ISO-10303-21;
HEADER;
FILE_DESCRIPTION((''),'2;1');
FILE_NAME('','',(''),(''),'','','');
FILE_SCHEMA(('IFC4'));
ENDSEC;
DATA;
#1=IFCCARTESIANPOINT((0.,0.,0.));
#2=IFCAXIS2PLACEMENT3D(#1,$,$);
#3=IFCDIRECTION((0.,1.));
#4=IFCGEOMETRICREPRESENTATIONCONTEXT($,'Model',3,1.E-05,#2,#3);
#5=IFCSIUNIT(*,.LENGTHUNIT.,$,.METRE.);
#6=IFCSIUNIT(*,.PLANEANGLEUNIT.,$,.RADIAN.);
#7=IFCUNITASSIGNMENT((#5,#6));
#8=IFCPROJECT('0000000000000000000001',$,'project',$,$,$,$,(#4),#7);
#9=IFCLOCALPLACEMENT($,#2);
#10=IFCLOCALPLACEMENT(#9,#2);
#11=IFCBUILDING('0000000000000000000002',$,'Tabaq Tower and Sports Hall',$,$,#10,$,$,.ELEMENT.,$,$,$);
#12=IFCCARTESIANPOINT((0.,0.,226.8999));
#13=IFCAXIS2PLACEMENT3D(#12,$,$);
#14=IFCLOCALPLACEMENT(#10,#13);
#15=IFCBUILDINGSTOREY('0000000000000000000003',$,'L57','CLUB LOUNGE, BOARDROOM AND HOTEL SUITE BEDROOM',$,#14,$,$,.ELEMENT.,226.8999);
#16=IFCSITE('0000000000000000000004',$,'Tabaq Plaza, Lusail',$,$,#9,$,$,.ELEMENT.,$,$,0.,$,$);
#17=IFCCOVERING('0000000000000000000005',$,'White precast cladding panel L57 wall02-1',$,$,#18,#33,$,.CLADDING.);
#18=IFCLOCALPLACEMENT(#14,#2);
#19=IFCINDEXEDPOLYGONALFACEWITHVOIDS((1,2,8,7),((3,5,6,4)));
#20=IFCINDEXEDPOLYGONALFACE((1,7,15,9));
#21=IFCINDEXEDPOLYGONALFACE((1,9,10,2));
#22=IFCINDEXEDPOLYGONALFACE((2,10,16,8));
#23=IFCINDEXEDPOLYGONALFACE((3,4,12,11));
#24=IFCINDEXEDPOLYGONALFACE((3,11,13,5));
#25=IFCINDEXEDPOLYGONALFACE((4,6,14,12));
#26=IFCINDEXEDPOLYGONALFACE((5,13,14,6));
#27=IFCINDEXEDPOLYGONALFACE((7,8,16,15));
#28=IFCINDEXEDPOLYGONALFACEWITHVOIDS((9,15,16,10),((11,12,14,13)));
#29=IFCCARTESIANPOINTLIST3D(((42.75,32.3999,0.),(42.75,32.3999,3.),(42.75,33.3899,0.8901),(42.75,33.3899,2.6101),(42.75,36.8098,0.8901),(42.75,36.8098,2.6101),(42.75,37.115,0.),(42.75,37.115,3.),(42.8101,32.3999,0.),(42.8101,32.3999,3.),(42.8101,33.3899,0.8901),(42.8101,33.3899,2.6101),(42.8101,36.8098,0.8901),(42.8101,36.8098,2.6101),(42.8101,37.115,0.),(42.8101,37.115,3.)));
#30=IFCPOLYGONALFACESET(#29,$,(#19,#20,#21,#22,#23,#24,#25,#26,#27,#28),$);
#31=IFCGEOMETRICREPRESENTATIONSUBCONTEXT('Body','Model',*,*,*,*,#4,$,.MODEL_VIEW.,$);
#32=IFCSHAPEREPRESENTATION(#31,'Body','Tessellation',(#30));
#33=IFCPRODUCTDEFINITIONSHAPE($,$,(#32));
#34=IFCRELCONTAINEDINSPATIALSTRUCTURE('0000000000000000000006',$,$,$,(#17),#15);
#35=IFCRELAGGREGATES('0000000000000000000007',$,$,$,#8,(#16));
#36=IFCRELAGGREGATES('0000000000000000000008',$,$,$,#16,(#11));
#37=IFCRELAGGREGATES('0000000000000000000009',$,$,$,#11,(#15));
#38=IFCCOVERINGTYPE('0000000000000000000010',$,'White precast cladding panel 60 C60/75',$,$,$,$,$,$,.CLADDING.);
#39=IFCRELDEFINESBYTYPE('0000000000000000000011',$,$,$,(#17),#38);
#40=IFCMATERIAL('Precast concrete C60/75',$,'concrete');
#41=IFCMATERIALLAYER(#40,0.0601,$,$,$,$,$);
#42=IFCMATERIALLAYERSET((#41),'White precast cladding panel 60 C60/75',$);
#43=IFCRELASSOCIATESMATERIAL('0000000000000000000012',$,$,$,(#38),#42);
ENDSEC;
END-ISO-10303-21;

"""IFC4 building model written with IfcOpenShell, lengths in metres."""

from ifc_helpers import new_model, si_unit, direction, frame, origin, place, context, subcontext, project, spatial, polyline, outline, extrude, material, layer, layer_set, type_object, element, save


model = new_model("IFC4")

# Units and contexts
model_context = context("Model", 3, precision=1e-05, world=origin(), true_north=direction((0.0, 1.0)))
body_context = subcontext(model_context, "Body", "Model", "MODEL_VIEW")
ifc_project = project(units=[si_unit("LENGTHUNIT", "METRE"), si_unit("PLANEANGLEUNIT", "RADIAN")], contexts=[model_context])

# Site, building, storey
site_placement = place(None, origin())
site = spatial("IfcSite", under=ifc_project, at=site_placement, Name="Tabaq Plaza, Lusail", CompositionType="ELEMENT", RefElevation=0.0)
building_placement = place(site_placement, origin())
building = spatial("IfcBuilding", under=site, at=building_placement, Name="Tabaq Tower and Sports Hall", CompositionType="ELEMENT")
storey_placement = place(building_placement, frame((0.0, 0.0, 226.8999)))
storey = spatial("IfcBuildingStorey", under=building, at=storey_placement, Name="L57", Description="CLUB LOUNGE, BOARDROOM AND HOTEL SUITE BEDROOM", CompositionType="ELEMENT", Elevation=226.8999)

# Covering
ifc_material_1 = material(Name="Precast concrete C60/75", Category="concrete")
ifc_layer_1 = layer(ifc_material_1, 0.0601)
ifc_layer_set_1 = layer_set([ifc_layer_1], Name="White precast cladding panel 60 C60/75")
covering_type = type_object("IfcCoveringType", Name="White precast cladding panel 60 C60/75", PredefinedType="CLADDING", material=ifc_layer_set_1)
covering_placement = place(storey_placement, frame((42.78, 32.3999, 0.0), z_axis=(0.0, 0.0, 1.0), x_axis=(0.0, 1.0, 0.0)))
element("IfcCovering", 1, at=covering_placement, inside=storey, type_object=covering_type, Name="White precast cladding panel L57 wall02-1", PredefinedType="CLADDING", context=body_context, shape_type="SweptSolid", body=[
    extrude(outline(polyline([(0.0, 0.0), (4.7151, 0.0), (4.7151, 3.0), (0.0, 3.0), (0.0, 0.0)]), holes=[polyline([(0.99, 0.8901), (0.99, 2.6101), (4.4099, 2.6101), (4.4099, 0.8901), (0.99, 0.8901)])]), frame((0.0, 0.03, 0.0), z_axis=(0.0, -1.0, 0.0), x_axis=(1.0, 0.0, 0.0)), (0.0, 0.0, 1.0), 0.0601),
])

save(model, "model.ifc")
